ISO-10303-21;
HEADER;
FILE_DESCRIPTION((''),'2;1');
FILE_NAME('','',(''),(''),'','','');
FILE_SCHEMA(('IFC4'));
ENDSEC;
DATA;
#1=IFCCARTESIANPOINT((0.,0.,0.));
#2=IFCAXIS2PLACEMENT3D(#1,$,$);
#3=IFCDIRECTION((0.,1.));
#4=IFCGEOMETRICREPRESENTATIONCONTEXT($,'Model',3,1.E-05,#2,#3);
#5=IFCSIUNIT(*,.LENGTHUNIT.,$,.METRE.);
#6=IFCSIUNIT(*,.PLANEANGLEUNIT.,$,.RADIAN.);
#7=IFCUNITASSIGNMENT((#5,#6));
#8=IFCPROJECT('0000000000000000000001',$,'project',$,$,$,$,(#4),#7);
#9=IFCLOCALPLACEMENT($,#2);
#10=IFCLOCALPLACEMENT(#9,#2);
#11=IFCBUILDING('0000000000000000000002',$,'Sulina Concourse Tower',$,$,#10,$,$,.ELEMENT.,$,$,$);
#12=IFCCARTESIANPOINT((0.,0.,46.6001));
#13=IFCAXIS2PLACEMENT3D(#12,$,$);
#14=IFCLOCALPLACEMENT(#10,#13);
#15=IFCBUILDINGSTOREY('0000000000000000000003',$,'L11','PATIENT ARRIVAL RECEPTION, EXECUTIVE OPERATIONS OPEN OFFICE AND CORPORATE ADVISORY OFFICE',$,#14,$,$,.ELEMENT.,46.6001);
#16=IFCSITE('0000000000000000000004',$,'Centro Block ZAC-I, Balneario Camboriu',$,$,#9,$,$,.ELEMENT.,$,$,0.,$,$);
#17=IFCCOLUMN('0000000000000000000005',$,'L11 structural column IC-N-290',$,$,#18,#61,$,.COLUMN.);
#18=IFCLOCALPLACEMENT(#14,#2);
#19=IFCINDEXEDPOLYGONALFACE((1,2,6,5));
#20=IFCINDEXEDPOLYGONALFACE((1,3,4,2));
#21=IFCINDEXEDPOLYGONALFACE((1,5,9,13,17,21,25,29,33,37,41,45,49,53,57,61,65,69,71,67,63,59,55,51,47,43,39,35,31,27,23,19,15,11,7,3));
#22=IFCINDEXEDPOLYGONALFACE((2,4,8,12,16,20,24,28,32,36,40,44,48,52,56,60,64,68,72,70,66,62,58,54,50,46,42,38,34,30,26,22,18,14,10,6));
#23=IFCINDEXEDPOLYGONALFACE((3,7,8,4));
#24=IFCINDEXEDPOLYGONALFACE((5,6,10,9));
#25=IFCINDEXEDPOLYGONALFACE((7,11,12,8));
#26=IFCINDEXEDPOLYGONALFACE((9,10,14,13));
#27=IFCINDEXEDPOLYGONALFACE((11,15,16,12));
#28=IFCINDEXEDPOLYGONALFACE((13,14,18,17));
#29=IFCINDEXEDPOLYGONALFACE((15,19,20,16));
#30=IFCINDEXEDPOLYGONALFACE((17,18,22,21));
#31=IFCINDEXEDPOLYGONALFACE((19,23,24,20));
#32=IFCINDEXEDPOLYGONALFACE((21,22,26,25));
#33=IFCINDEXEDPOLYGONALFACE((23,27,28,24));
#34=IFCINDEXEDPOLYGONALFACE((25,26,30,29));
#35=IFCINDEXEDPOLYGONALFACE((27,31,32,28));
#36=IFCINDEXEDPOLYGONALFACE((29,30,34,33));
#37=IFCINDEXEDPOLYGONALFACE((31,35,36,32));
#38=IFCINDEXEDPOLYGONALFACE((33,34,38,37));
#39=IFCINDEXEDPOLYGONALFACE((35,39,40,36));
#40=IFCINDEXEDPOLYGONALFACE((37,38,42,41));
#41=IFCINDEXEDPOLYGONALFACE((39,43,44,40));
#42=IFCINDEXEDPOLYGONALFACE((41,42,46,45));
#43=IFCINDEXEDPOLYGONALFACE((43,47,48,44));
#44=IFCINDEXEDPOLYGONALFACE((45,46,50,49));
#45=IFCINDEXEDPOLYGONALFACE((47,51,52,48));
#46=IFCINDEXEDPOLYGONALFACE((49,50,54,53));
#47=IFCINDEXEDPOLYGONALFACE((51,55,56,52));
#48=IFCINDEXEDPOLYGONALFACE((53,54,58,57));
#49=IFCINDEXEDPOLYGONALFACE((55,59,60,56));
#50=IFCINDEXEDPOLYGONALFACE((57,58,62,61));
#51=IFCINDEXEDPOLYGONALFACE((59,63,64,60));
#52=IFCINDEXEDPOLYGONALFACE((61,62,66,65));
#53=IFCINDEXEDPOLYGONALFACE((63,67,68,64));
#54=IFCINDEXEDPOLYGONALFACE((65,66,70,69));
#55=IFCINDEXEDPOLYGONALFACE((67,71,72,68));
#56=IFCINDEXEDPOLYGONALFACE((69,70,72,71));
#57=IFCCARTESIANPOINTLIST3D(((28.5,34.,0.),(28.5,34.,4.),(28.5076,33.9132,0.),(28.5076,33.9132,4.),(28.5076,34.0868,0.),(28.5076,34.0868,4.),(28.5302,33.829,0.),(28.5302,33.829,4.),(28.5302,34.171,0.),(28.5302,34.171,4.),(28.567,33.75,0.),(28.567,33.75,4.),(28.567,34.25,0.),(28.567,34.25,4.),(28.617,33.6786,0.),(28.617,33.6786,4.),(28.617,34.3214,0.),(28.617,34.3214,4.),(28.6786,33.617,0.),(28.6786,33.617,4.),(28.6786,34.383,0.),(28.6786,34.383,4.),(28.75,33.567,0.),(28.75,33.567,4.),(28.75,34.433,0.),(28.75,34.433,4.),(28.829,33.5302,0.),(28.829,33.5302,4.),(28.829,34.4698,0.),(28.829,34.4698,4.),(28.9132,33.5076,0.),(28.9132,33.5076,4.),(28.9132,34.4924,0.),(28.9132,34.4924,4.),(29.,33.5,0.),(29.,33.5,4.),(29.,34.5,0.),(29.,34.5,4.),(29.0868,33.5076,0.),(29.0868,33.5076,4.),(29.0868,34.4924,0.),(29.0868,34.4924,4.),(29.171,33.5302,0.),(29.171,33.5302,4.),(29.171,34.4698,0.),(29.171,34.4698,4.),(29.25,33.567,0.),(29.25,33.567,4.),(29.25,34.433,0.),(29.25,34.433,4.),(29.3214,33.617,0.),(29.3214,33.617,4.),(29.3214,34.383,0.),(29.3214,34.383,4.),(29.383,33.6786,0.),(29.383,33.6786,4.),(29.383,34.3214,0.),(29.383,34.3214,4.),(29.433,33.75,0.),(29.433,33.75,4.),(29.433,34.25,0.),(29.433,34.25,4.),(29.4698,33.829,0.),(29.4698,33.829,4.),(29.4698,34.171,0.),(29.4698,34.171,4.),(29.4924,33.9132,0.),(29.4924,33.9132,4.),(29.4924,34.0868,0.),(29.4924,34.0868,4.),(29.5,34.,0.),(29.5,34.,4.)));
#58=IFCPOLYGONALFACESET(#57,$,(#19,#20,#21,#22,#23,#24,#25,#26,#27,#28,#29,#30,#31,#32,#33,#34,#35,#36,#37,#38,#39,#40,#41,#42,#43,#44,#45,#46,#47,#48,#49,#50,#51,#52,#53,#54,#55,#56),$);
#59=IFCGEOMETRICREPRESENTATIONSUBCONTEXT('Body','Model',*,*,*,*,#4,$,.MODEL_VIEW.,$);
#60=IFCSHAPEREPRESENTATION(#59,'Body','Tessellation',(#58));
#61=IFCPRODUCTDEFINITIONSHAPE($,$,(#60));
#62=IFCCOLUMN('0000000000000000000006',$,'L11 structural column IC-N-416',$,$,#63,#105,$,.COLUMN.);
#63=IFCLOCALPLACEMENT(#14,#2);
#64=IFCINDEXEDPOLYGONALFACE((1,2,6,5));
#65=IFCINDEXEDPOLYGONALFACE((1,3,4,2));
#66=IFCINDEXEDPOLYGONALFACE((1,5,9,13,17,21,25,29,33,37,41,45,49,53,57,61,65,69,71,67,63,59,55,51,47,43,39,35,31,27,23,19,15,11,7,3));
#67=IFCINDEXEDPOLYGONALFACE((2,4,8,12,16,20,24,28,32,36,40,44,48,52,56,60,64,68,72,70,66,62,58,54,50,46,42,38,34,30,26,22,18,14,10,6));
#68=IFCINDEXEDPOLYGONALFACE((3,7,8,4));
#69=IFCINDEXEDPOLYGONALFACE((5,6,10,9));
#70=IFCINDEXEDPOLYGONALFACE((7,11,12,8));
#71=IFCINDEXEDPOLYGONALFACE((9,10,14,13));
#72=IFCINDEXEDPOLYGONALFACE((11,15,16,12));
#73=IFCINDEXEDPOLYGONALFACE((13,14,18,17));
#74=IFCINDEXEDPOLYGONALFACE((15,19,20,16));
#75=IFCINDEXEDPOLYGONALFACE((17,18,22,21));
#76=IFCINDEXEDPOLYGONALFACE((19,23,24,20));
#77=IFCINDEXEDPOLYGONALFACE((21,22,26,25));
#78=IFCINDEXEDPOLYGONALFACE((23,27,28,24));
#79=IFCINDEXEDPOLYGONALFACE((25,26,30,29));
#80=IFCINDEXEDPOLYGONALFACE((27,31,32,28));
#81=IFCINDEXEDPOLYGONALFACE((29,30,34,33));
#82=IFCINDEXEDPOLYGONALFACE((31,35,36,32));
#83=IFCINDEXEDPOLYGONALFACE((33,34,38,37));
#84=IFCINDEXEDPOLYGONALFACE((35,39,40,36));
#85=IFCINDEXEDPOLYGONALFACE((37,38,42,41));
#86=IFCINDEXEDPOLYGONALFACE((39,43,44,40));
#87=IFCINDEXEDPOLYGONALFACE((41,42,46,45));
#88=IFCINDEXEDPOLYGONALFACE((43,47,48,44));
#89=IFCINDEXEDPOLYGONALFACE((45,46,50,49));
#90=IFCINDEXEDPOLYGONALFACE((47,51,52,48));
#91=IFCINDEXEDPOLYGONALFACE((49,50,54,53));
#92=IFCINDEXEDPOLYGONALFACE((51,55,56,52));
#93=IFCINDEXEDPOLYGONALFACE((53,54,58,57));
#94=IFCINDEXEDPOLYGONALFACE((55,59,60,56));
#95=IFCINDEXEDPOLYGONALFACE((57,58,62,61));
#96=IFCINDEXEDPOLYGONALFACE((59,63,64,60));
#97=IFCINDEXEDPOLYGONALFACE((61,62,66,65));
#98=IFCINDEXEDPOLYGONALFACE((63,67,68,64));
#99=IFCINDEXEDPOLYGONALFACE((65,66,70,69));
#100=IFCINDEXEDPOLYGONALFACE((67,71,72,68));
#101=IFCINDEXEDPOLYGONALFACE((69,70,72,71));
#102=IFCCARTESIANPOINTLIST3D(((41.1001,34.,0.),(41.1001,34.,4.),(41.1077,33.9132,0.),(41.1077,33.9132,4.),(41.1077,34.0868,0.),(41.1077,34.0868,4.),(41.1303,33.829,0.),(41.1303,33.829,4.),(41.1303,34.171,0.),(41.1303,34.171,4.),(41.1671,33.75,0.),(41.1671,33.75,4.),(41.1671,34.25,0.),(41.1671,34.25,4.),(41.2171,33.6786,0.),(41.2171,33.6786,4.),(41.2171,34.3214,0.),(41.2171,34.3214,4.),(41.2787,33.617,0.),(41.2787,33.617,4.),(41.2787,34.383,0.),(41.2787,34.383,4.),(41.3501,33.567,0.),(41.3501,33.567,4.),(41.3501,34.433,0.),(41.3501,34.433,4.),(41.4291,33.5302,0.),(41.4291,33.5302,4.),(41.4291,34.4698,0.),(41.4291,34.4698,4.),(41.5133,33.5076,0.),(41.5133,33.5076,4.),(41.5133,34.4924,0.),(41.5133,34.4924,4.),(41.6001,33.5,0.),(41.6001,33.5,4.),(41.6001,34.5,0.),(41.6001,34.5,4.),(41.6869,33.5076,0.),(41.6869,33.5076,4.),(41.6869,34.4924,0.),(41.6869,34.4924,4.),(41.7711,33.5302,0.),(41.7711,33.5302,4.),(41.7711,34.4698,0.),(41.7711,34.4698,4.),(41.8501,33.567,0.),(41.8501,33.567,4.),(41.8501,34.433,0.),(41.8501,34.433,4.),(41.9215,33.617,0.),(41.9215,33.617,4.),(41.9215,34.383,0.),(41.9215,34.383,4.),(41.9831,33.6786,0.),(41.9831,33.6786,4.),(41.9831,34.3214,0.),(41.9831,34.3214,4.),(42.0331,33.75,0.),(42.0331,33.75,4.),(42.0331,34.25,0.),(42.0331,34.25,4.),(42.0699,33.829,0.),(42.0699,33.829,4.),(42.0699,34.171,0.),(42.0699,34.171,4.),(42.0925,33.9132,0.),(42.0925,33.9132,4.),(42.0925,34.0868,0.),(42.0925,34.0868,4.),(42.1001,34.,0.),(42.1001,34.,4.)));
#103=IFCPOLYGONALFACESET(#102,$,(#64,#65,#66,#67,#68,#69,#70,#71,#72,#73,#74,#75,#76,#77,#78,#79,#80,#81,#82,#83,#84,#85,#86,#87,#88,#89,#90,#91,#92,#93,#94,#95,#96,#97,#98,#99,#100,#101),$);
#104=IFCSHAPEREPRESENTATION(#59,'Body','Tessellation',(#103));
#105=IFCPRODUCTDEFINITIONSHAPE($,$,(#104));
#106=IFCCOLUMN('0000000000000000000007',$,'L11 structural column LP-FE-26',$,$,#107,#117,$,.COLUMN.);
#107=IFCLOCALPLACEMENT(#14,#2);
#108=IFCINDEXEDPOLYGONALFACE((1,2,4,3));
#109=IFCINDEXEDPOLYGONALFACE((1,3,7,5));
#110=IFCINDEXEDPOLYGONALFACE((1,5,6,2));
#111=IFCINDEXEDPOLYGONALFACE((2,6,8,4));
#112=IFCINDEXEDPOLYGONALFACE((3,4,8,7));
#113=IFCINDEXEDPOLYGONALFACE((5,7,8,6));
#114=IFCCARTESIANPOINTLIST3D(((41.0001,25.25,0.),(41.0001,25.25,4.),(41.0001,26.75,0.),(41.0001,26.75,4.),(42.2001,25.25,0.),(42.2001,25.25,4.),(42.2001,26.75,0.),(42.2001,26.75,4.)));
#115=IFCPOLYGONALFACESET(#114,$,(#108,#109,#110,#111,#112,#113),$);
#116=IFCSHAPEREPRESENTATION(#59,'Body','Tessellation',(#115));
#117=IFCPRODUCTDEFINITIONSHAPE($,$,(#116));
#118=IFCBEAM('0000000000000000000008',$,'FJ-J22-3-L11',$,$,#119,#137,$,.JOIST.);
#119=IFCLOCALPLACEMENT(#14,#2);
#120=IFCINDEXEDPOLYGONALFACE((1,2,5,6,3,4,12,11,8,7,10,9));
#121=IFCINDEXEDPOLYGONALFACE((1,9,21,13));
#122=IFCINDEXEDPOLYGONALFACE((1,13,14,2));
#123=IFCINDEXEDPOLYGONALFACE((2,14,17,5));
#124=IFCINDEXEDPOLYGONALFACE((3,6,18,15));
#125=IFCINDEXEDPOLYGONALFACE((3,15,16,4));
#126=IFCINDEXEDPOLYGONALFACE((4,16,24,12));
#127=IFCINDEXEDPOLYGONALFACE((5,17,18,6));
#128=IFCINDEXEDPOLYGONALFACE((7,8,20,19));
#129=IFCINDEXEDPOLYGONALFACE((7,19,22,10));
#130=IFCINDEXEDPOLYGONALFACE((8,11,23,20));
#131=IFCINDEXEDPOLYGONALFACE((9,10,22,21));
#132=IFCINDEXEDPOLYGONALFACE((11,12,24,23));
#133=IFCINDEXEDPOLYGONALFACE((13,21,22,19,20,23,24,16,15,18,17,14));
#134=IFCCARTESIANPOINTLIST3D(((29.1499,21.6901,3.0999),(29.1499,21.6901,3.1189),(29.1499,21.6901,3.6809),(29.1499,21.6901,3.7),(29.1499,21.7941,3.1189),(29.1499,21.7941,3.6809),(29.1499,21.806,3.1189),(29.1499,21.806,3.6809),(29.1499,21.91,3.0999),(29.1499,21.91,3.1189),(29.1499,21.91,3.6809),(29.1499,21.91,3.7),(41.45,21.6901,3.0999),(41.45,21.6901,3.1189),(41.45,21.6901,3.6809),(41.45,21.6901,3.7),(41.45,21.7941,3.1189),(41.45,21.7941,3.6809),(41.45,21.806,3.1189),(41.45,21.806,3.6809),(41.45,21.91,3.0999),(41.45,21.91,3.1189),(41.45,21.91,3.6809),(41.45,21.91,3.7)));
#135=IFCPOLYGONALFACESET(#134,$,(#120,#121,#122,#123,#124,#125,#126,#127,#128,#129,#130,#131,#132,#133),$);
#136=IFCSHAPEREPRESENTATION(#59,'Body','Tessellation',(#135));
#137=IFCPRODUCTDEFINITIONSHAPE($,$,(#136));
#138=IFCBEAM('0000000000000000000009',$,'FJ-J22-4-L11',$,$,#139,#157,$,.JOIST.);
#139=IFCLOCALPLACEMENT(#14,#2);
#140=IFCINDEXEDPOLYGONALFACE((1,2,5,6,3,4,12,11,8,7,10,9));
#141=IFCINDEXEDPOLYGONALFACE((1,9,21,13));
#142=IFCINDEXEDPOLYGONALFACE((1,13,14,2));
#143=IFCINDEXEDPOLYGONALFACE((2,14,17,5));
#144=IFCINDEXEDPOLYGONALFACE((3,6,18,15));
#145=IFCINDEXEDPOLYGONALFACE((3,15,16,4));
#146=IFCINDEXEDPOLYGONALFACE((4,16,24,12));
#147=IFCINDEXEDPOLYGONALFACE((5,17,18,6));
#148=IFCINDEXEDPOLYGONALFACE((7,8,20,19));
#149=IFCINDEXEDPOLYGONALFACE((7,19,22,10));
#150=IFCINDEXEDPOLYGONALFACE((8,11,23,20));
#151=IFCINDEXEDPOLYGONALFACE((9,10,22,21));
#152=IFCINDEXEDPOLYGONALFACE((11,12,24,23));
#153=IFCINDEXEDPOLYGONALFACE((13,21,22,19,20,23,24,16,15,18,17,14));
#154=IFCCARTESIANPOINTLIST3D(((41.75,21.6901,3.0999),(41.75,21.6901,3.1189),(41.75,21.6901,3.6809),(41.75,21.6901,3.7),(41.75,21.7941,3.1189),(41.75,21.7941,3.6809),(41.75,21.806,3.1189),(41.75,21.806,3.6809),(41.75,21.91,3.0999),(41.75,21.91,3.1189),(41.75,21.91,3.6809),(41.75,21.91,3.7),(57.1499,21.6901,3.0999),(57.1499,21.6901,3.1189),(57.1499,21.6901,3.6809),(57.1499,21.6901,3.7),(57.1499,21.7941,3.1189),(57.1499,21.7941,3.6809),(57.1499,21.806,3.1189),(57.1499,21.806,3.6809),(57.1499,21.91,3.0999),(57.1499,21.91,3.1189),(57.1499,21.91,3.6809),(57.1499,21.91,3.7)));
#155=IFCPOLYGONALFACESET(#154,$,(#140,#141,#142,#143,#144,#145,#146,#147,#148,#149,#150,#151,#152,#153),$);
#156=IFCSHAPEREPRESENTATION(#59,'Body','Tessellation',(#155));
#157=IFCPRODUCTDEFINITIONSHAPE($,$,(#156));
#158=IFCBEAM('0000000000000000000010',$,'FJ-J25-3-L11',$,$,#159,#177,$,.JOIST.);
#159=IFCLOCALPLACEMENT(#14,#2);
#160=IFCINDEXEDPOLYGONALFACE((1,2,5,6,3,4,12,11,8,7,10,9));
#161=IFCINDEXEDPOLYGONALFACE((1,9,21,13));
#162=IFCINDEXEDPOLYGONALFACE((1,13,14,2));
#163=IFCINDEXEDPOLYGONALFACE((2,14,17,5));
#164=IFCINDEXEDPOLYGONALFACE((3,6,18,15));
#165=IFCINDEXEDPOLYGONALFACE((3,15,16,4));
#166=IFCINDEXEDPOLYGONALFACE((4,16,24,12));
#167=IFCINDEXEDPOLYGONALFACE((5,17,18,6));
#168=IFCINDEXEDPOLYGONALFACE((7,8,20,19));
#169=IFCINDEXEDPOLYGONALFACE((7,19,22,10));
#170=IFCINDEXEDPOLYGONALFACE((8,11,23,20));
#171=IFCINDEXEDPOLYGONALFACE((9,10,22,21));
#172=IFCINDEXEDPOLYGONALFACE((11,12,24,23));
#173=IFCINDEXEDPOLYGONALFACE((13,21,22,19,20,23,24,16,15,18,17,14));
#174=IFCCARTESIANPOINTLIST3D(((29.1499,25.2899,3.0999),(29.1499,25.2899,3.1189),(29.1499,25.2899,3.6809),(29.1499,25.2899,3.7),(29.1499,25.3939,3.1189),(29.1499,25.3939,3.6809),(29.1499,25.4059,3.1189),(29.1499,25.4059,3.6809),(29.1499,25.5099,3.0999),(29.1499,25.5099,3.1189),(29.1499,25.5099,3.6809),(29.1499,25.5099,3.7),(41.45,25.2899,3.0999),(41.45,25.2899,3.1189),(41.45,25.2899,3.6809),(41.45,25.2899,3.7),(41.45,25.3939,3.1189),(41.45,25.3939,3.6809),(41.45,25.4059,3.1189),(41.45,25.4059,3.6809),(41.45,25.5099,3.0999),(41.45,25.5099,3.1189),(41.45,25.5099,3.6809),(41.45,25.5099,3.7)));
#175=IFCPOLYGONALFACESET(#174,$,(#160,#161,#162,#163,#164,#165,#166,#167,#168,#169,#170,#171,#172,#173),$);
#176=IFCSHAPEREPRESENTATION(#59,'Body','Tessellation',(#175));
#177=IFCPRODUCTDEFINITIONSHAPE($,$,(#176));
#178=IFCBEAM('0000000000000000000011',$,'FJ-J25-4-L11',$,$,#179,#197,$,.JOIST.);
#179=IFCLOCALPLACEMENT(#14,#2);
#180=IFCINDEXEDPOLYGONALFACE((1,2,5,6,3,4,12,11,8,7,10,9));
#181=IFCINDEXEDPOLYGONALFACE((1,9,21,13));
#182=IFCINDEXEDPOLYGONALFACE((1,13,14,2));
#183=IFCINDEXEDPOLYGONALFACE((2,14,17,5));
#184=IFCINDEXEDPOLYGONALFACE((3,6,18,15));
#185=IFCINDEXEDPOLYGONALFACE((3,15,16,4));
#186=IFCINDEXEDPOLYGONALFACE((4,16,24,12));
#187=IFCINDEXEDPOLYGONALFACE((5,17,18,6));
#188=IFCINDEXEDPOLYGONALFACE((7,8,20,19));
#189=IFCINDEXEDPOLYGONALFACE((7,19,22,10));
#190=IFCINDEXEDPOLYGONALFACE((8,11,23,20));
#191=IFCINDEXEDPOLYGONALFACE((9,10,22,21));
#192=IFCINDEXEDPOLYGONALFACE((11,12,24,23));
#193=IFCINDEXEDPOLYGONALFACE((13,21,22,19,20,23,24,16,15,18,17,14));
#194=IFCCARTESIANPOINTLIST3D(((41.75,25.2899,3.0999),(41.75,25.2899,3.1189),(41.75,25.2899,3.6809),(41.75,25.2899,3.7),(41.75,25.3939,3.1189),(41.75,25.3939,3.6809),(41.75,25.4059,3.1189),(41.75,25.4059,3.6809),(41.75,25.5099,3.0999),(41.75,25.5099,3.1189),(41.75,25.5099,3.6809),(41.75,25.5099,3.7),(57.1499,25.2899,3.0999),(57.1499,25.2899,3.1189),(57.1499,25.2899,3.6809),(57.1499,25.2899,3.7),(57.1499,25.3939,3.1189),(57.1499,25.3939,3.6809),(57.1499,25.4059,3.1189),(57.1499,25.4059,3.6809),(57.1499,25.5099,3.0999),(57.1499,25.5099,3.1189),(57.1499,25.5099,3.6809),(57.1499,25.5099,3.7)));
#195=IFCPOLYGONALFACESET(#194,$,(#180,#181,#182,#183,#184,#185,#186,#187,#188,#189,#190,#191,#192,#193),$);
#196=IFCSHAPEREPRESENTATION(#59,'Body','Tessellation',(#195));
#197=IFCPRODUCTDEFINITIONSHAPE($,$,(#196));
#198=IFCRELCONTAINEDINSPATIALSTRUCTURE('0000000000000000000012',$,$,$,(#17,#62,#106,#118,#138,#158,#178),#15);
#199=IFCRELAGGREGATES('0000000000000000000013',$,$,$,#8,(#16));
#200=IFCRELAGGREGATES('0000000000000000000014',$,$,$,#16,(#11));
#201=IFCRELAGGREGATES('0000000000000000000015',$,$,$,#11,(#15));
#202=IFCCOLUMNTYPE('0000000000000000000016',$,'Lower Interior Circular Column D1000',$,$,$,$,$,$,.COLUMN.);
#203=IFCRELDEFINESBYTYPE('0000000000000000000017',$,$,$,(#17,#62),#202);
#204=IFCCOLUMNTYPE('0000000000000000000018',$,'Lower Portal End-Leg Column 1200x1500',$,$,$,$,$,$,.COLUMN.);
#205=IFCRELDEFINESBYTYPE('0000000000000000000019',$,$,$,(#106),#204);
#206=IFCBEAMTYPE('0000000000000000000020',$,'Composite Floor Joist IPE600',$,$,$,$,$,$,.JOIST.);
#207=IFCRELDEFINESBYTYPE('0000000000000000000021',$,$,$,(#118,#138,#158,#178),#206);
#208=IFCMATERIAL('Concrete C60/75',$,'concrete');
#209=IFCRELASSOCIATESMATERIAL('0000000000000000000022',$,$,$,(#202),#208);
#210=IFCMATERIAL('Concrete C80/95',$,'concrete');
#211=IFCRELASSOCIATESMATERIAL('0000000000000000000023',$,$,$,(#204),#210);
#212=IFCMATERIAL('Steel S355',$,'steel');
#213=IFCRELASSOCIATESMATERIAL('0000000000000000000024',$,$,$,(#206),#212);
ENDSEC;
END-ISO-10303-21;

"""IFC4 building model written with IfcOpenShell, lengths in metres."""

from ifc_helpers import new_model, si_unit, direction, frame, origin, origin_2d, place, context, subcontext, project, spatial, rectangle, circle, i_section, extrude, material, material_profile, profile_set, type_object, element, save


model = new_model("IFC4")

# Units and contexts
model_context = context("Model", 3, precision=1e-05, world=origin(), true_north=direction((0.0, 1.0)))
body_context = subcontext(model_context, "Body", "Model", "MODEL_VIEW")
ifc_project = project(units=[si_unit("LENGTHUNIT", "METRE"), si_unit("PLANEANGLEUNIT", "RADIAN")], contexts=[model_context])

# Site, building, storey
site_placement = place(None, origin())
site = spatial("IfcSite", under=ifc_project, at=site_placement, Name="Centro Block ZAC-I, Balneario Camboriu", CompositionType="ELEMENT", RefElevation=0.0)
building_placement = place(site_placement, origin())
building = spatial("IfcBuilding", under=site, at=building_placement, Name="Sulina Concourse Tower", CompositionType="ELEMENT")
storey_placement = place(building_placement, frame((0.0, 0.0, 46.6001)))
storey = spatial("IfcBuildingStorey", under=building, at=storey_placement, Name="L11", Description="PATIENT ARRIVAL RECEPTION, EXECUTIVE OPERATIONS OPEN OFFICE AND CORPORATE ADVISORY OFFICE", CompositionType="ELEMENT", Elevation=46.6001)

# Columns
ifc_material_1 = material(Name="Concrete C60/75", Category="concrete")
ifc_material_profile_1 = material_profile(ifc_material_1, circle(Radius=0.5, at=origin_2d()), Name="RC D1000")
ifc_profile_set_1 = profile_set([ifc_material_profile_1], Name="Concrete C60/75")
column_type_1 = type_object("IfcColumnType", Name="Lower Interior Circular Column D1000", PredefinedType="COLUMN", material=ifc_profile_set_1)
for number, where, z_axis, x_axis, name in (
    (1, (29.0, 34.0, 0.0), (0.0, 0.0, 1.0), (1.0, 0.0, 0.0), "L11 structural column IC-N-290"),
    (2, (41.6001, 34.0, 0.0), (0.0, 0.0, 1.0), (1.0, 0.0, 0.0), "L11 structural column IC-N-416"),
):
    element("IfcColumn", number, at=place(storey_placement, frame(where, z_axis=z_axis, x_axis=x_axis)), inside=storey, type_object=column_type_1, Name=name, PredefinedType="COLUMN", context=body_context, shape_type="SweptSolid", body=[
        extrude(circle(Radius=0.5, at=origin_2d()), origin(), (0.0, 0.0, 1.0), 4.0),
    ])
ifc_material_2 = material(Name="Concrete C80/95", Category="concrete")
ifc_material_profile_2 = material_profile(ifc_material_2, rectangle(XDim=1.2, YDim=1.5, at=origin_2d()), Name="RC 1200x1500")
ifc_profile_set_2 = profile_set([ifc_material_profile_2], Name="Concrete C80/95")
column_type_2 = type_object("IfcColumnType", Name="Lower Portal End-Leg Column 1200x1500", PredefinedType="COLUMN", material=ifc_profile_set_2)
column_placement = place(storey_placement, frame((41.6001, 26.0, 0.0), z_axis=(0.0, 0.0, 1.0), x_axis=(1.0, 0.0, 0.0)))
element("IfcColumn", 3, at=column_placement, inside=storey, type_object=column_type_2, Name="L11 structural column LP-FE-26", PredefinedType="COLUMN", context=body_context, shape_type="SweptSolid", body=[
    extrude(rectangle(XDim=1.2, YDim=1.5, at=origin_2d()), origin(), (0.0, 0.0, 1.0), 4.0),
])

# Beams
ifc_material_3 = material(Name="Steel S355", Category="steel")
ifc_material_profile_3 = material_profile(ifc_material_3, i_section(OverallWidth=0.22, OverallDepth=0.6001, WebThickness=0.012, FlangeThickness=0.019, at=origin_2d()), Name="IPE 600")
ifc_profile_set_3 = profile_set([ifc_material_profile_3], Name="Steel S355")
beam_type_1 = type_object("IfcBeamType", Name="Composite Floor Joist IPE600", PredefinedType="JOIST", material=ifc_profile_set_3)
beam_1_placement = place(storey_placement, frame((29.1499, 21.8, 3.3999), z_axis=(1.0, 0.0, 0.0), x_axis=(0.0, 1.0, 0.0)))
element("IfcBeam", 4, at=beam_1_placement, inside=storey, type_object=beam_type_1, Name="FJ-J22-3-L11", PredefinedType="JOIST", context=body_context, shape_type="SweptSolid", body=[
    extrude(i_section(OverallWidth=0.22, OverallDepth=0.6001, WebThickness=0.012, FlangeThickness=0.019, at=origin_2d()), origin(), (0.0, 0.0, 1.0), 12.3),
])
beam_2_placement = place(storey_placement, frame((41.75, 21.8, 3.3999), z_axis=(1.0, 0.0, 0.0), x_axis=(0.0, 1.0, 0.0)))
element("IfcBeam", 5, at=beam_2_placement, inside=storey, type_object=beam_type_1, Name="FJ-J22-4-L11", PredefinedType="JOIST", context=body_context, shape_type="SweptSolid", body=[
    extrude(i_section(OverallWidth=0.22, OverallDepth=0.6001, WebThickness=0.012, FlangeThickness=0.019, at=origin_2d()), origin(), (0.0, 0.0, 1.0), 15.3999),
])
beam_3_placement = place(storey_placement, frame((29.1499, 25.3999, 3.3999), z_axis=(1.0, 0.0, 0.0), x_axis=(0.0, 1.0, 0.0)))
element("IfcBeam", 6, at=beam_3_placement, inside=storey, type_object=beam_type_1, Name="FJ-J25-3-L11", PredefinedType="JOIST", context=body_context, shape_type="SweptSolid", body=[
    extrude(i_section(OverallWidth=0.22, OverallDepth=0.6001, WebThickness=0.012, FlangeThickness=0.019, at=origin_2d()), origin(), (0.0, 0.0, 1.0), 12.3),
])
beam_4_placement = place(storey_placement, frame((41.75, 25.3999, 3.3999), z_axis=(1.0, 0.0, 0.0), x_axis=(0.0, 1.0, 0.0)))
element("IfcBeam", 7, at=beam_4_placement, inside=storey, type_object=beam_type_1, Name="FJ-J25-4-L11", PredefinedType="JOIST", context=body_context, shape_type="SweptSolid", body=[
    extrude(i_section(OverallWidth=0.22, OverallDepth=0.6001, WebThickness=0.012, FlangeThickness=0.019, at=origin_2d()), origin(), (0.0, 0.0, 1.0), 15.3999),
])

save(model, "model.ifc")
